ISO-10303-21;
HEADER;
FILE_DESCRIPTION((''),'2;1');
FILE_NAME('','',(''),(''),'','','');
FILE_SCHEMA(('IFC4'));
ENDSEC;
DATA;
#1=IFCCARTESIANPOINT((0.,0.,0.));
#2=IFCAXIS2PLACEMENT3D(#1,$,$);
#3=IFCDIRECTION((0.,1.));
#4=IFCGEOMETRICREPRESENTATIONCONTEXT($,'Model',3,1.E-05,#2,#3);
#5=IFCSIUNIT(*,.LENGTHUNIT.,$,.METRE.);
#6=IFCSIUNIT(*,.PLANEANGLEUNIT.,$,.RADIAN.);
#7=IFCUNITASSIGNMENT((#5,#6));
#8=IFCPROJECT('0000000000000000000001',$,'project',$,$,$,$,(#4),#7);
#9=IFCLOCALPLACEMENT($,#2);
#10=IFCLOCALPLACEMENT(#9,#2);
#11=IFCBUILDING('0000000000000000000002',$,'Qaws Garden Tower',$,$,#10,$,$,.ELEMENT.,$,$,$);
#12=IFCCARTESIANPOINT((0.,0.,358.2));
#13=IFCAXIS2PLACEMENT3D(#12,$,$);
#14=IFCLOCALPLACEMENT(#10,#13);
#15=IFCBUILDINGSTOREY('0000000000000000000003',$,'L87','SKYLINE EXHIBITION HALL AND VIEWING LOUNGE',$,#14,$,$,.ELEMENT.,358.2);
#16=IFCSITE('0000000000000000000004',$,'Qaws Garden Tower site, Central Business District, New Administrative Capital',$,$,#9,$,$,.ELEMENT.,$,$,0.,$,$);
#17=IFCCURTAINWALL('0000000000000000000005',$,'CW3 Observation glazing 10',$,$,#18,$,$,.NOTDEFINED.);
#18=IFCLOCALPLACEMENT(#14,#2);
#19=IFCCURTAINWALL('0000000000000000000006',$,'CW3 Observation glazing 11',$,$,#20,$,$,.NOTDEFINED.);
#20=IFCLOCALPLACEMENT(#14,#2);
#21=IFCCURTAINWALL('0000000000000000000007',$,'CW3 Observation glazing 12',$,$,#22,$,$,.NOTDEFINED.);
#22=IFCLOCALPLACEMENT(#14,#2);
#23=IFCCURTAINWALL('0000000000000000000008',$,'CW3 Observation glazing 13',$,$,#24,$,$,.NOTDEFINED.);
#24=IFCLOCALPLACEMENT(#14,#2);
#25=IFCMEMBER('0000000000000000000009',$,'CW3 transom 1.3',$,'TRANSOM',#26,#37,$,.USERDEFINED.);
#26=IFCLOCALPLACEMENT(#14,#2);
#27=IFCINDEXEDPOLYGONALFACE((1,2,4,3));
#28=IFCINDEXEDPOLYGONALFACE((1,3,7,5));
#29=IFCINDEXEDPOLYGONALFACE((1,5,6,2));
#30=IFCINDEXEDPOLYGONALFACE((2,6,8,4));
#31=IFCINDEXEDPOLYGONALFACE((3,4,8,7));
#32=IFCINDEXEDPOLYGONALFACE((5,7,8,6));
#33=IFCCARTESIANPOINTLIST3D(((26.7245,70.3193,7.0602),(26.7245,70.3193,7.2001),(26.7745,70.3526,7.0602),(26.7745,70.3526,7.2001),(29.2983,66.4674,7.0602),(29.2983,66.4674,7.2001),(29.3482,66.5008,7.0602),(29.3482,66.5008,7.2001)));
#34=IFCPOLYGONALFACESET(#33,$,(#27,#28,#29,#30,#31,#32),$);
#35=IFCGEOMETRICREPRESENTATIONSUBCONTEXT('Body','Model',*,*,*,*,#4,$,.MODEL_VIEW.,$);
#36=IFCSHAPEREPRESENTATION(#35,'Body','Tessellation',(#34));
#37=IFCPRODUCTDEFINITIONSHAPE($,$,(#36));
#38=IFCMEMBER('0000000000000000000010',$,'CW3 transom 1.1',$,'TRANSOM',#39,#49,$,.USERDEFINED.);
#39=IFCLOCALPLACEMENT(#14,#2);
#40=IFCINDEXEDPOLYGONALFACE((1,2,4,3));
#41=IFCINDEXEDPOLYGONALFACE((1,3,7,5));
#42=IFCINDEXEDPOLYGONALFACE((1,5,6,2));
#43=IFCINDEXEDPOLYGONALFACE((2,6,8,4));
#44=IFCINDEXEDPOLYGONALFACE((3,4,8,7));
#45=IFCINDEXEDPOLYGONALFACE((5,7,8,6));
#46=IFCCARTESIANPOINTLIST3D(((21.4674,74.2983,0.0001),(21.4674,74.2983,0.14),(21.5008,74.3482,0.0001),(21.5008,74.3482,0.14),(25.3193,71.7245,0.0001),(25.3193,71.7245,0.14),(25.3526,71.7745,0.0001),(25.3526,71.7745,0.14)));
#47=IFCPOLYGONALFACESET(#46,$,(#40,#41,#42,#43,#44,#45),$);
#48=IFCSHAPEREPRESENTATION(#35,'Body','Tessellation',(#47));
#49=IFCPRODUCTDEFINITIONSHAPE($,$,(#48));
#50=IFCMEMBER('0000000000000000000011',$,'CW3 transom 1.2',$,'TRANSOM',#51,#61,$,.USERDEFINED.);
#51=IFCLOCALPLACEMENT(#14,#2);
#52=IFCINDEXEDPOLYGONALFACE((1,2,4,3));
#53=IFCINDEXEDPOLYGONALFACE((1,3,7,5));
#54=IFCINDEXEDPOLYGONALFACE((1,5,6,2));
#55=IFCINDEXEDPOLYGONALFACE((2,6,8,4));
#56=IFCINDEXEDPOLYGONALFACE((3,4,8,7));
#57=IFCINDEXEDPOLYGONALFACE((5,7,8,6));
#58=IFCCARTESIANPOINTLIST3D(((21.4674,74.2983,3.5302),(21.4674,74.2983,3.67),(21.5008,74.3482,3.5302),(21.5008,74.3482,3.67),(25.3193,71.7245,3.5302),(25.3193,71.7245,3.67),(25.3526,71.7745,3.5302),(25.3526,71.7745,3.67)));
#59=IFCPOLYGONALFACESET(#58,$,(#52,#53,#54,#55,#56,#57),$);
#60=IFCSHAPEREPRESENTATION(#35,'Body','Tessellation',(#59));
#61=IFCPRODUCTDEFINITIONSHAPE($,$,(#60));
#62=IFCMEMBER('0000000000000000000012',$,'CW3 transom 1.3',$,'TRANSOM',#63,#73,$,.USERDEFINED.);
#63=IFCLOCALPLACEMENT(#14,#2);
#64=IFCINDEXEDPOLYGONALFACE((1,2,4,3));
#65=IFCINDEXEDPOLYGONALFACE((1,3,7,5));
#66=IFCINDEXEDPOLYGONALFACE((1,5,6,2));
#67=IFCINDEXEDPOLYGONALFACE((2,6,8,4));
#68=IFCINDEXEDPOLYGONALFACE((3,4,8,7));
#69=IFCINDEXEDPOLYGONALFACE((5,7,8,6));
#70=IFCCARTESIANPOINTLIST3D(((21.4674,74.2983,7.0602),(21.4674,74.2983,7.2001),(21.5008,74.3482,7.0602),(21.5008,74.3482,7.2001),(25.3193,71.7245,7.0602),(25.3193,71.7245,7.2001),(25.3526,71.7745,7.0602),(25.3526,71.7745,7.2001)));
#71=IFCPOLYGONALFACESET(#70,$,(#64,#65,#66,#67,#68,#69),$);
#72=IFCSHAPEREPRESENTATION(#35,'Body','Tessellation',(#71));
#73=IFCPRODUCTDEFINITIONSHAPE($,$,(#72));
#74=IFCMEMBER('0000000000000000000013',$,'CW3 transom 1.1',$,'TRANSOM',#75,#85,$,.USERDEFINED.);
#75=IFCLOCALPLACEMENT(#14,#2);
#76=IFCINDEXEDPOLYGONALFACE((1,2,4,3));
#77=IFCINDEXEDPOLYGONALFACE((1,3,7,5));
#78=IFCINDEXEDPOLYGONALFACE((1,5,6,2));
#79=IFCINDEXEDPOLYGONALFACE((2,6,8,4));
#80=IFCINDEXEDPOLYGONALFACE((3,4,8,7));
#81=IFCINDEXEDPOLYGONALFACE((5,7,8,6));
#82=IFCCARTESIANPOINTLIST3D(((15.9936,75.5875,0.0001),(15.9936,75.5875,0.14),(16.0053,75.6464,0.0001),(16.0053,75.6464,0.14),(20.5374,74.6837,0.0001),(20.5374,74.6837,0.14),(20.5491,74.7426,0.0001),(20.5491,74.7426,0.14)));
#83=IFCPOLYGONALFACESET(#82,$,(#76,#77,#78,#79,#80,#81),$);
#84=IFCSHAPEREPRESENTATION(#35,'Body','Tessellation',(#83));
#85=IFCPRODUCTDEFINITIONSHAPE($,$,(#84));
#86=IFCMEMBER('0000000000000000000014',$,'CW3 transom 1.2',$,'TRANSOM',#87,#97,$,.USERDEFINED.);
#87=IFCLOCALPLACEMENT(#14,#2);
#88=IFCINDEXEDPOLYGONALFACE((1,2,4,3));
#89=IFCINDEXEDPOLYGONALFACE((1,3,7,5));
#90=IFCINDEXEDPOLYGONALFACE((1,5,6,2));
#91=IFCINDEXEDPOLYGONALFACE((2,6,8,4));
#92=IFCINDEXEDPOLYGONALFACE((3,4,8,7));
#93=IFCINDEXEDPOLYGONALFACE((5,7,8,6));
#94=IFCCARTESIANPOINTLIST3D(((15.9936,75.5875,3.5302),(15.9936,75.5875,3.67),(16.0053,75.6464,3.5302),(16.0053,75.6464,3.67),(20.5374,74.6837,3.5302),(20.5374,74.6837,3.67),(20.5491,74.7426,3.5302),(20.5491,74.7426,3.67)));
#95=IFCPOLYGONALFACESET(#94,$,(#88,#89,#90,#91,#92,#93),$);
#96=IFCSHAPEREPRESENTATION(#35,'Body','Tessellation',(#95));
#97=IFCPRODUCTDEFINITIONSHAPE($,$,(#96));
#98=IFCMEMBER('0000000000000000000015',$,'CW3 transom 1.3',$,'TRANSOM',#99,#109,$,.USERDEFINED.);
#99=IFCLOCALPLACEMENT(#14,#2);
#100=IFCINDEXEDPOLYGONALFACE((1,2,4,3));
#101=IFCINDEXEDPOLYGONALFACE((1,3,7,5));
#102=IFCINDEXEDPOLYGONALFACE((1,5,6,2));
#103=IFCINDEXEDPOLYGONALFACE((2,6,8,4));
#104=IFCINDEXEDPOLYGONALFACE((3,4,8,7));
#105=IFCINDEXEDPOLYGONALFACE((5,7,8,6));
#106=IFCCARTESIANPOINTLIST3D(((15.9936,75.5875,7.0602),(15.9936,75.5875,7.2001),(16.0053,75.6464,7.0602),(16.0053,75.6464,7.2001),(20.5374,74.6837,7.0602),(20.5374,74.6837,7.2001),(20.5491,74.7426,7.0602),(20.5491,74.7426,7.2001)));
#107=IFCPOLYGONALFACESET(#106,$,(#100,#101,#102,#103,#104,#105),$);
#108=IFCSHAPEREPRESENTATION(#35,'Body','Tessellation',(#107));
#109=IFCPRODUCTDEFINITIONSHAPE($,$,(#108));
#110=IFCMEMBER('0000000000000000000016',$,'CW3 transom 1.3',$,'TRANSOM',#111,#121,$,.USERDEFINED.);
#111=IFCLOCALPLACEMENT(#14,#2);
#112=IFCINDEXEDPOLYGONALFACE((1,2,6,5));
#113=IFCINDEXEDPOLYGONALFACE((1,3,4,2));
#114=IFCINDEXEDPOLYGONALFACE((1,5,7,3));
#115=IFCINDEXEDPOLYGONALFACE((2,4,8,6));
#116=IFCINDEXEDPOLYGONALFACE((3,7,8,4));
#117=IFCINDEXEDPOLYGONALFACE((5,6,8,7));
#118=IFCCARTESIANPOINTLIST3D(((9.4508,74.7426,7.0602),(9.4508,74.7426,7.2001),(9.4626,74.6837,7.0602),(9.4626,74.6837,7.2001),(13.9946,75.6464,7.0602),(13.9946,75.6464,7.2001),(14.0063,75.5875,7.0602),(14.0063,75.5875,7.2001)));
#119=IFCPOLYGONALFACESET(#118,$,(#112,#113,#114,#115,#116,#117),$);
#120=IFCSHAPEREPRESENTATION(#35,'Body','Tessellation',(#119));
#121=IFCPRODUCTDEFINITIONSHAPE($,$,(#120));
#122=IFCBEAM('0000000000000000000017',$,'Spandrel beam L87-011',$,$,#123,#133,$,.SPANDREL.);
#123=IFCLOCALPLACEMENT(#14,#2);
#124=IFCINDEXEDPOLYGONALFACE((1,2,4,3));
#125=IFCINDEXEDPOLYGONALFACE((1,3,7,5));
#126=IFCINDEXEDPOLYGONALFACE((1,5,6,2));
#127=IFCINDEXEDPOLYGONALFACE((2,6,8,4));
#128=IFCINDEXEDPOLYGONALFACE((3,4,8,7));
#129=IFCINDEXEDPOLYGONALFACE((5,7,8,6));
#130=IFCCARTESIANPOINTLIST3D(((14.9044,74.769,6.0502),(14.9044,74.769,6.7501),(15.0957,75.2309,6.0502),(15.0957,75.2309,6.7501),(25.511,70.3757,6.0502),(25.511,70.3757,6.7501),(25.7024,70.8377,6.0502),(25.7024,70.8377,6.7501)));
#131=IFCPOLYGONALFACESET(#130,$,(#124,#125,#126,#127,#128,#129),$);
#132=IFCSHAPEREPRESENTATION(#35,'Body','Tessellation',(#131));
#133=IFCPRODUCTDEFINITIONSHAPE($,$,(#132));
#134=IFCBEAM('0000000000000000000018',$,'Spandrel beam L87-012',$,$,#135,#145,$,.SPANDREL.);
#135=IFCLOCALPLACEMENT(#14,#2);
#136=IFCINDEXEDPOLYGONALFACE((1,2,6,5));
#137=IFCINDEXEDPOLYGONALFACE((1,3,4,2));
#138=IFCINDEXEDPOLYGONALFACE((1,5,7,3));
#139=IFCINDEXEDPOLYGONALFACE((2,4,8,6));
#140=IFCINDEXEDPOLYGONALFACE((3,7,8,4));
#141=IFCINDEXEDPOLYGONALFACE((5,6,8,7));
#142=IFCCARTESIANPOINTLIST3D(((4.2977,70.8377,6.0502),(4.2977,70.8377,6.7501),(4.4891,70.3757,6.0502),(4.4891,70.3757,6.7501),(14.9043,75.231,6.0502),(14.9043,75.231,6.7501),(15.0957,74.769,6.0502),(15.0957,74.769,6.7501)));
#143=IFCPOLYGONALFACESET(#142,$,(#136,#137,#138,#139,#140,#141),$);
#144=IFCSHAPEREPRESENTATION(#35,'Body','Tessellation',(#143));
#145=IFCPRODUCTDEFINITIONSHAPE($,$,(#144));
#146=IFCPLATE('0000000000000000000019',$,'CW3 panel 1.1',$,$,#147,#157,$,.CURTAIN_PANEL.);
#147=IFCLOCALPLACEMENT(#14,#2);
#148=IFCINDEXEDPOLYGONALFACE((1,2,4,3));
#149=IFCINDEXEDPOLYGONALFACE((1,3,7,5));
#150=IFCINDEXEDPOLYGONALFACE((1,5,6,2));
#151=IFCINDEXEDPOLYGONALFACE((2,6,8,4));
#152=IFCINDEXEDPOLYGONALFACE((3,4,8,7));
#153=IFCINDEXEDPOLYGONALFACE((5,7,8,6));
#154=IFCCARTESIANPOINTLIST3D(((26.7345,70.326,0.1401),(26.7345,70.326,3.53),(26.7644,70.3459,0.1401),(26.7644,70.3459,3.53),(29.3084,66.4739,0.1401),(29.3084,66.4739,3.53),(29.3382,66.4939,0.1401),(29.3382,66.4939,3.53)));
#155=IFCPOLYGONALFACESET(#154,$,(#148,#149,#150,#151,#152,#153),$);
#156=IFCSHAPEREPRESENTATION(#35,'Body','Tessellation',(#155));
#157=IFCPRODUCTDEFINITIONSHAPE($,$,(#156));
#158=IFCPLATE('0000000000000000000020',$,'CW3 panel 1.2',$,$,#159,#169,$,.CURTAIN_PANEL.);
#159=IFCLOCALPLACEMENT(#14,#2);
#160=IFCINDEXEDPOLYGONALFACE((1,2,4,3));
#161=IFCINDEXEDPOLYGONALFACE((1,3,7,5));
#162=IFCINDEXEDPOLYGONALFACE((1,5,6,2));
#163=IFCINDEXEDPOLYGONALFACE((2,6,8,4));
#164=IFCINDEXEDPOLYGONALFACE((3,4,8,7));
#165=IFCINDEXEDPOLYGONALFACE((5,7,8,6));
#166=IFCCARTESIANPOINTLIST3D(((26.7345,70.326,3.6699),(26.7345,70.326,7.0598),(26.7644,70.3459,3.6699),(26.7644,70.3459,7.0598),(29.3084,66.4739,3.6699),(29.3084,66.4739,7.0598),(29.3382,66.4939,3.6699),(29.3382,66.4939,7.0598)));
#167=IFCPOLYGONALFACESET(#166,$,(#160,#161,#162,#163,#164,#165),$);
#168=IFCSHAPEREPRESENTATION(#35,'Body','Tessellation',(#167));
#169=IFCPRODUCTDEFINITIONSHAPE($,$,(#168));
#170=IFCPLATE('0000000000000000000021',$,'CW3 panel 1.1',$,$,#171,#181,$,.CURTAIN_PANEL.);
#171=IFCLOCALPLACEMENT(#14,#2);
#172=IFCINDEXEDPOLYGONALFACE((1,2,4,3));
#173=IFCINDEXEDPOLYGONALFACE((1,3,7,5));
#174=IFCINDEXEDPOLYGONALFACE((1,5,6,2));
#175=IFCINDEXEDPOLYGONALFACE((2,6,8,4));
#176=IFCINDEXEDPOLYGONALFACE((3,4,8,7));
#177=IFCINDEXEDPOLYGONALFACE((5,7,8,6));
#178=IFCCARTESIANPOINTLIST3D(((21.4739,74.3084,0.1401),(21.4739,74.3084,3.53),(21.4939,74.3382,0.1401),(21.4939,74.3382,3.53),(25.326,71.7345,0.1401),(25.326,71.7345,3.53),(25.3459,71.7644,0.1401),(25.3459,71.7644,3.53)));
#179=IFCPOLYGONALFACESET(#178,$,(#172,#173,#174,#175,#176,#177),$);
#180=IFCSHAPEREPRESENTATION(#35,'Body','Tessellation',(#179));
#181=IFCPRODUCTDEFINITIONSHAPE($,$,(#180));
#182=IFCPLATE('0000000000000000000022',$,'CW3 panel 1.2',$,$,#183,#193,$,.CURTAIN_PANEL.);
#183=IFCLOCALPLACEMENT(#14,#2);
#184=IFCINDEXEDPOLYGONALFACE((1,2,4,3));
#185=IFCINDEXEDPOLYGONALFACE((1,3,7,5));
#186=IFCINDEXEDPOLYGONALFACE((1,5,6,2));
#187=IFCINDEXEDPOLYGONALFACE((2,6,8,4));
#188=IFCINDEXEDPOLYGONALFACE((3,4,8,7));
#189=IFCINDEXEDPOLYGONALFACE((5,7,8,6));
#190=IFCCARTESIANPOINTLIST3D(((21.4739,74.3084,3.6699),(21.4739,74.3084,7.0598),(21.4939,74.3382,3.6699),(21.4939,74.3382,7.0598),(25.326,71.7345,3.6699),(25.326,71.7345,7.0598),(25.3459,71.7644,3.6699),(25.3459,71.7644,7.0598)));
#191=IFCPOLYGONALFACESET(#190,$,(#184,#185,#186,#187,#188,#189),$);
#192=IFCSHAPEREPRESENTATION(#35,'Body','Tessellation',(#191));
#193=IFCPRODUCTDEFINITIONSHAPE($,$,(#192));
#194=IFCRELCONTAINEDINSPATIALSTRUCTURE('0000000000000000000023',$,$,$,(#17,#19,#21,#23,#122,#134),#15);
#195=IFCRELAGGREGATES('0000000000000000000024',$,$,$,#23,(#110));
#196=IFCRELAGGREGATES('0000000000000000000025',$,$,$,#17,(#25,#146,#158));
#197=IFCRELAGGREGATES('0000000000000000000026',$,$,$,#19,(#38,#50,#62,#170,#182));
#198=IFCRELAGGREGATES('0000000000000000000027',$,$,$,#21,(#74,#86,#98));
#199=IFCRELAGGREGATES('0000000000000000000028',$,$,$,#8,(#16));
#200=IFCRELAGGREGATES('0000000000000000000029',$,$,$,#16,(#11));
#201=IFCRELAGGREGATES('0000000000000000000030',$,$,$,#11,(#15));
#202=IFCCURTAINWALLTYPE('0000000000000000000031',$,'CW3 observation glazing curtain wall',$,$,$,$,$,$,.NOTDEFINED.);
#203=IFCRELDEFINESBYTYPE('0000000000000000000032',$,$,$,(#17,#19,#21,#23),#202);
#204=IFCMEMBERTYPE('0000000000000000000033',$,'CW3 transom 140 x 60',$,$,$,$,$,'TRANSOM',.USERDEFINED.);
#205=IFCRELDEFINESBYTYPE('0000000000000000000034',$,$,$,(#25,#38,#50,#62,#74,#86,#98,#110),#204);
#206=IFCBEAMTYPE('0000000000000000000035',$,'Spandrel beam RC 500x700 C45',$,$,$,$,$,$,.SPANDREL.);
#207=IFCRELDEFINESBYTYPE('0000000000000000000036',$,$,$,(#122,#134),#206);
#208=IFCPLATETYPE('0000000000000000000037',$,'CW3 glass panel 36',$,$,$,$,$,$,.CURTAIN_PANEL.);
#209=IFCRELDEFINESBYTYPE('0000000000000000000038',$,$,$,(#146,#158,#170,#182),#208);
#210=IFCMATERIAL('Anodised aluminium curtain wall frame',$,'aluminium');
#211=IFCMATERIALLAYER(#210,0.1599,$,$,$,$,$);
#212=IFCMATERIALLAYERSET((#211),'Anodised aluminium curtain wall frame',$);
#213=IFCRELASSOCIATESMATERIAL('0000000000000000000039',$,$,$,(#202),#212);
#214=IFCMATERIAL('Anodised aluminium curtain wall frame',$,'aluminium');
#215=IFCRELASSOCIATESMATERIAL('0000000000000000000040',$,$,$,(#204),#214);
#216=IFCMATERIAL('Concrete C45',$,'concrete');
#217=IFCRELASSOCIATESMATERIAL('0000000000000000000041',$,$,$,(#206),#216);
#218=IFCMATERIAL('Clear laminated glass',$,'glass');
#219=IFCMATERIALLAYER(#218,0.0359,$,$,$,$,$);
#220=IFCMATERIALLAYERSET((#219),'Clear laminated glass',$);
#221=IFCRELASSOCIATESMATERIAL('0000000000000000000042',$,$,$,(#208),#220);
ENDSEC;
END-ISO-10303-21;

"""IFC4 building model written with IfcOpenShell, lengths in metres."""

from ifc_helpers import new_model, si_unit, direction, frame, origin, origin_2d, place, context, subcontext, project, spatial, rectangle, extrude, material, layer, layer_set, material_profile, profile_set, type_object, element, aggregate, save


model = new_model("IFC4")

# Units and contexts
model_context = context("Model", 3, precision=1e-05, world=origin(), true_north=direction((0.0, 1.0)))
body_context = subcontext(model_context, "Body", "Model", "MODEL_VIEW")
ifc_project = project(units=[si_unit("LENGTHUNIT", "METRE"), si_unit("PLANEANGLEUNIT", "RADIAN")], contexts=[model_context])

# Site, building, storey
site_placement = place(None, origin())
site = spatial("IfcSite", under=ifc_project, at=site_placement, Name="Qaws Garden Tower site, Central Business District, New Administrative Capital", CompositionType="ELEMENT", RefElevation=0.0)
building_placement = place(site_placement, origin())
building = spatial("IfcBuilding", under=site, at=building_placement, Name="Qaws Garden Tower", CompositionType="ELEMENT")
storey_placement = place(building_placement, frame((0.0, 0.0, 358.2)))
storey = spatial("IfcBuildingStorey", under=building, at=storey_placement, Name="L87", Description="SKYLINE EXHIBITION HALL AND VIEWING LOUNGE", CompositionType="ELEMENT", Elevation=358.2)

# Curtain wall
ifc_material_1 = material(Name="Anodised aluminium curtain wall frame", Category="aluminium")
ifc_layer_1 = layer(ifc_material_1, 0.1599)
ifc_layer_set_1 = layer_set([ifc_layer_1], Name="Anodised aluminium curtain wall frame")
curtain_wall_type = type_object("IfcCurtainWallType", Name="CW3 observation glazing curtain wall", PredefinedType="NOTDEFINED", material=ifc_layer_set_1)
placement = place(storey_placement, origin())
curtain_wall_1 = element("IfcCurtainWall", 1, at=placement, inside=storey, type_object=curtain_wall_type, Name="CW3 Observation glazing 10", PredefinedType="NOTDEFINED")

# Curtain walls
curtain_wall_2 = element("IfcCurtainWall", 2, at=placement, inside=storey, type_object=curtain_wall_type, Name="CW3 Observation glazing 11", PredefinedType="NOTDEFINED")
curtain_wall_3 = element("IfcCurtainWall", 3, at=placement, inside=storey, type_object=curtain_wall_type, Name="CW3 Observation glazing 12", PredefinedType="NOTDEFINED")

# Curtain wall
curtain_wall_4 = element("IfcCurtainWall", 4, at=placement, inside=storey, type_object=curtain_wall_type, Name="CW3 Observation glazing 13", PredefinedType="NOTDEFINED")

# Members
ifc_material_2 = material(Name="Anodised aluminium curtain wall frame", Category="aluminium")
ifc_material_profile_1 = material_profile(ifc_material_2, rectangle(XDim=0.0601, YDim=0.1399, at=origin_2d()), Name="AL 60x140")
ifc_profile_set_1 = profile_set([ifc_material_profile_1], Name="Anodised aluminium curtain wall frame")
member_type_1 = type_object("IfcMemberType", Name="CW3 transom 140 x 60", ElementType="TRANSOM", PredefinedType="USERDEFINED", material=ifc_profile_set_1)
member_1_placement = place(storey_placement, frame((29.3232, 66.4841, 7.1301), z_axis=(-0.555576, 0.831466, 0.0), x_axis=(-0.831466, -0.555576, 0.0)))
member_1 = element("IfcMember", 5, at=member_1_placement, type_object=member_type_1, Name="CW3 transom 1.3", ObjectType="TRANSOM", PredefinedType="USERDEFINED", context=body_context, shape_type="SweptSolid", body=[
    extrude(rectangle(XDim=0.0601, YDim=0.1399, at=origin_2d()), origin(), (0.0, 0.0, 1.0), 4.6326),
])
member_2_placement = place(storey_placement, frame((25.3359, 71.7495, 0.0701), z_axis=(-0.831466, 0.555576, 0.0), x_axis=(-0.555576, -0.831466, 0.0)))
member_2 = element("IfcMember", 6, at=member_2_placement, type_object=member_type_1, Name="CW3 transom 1.1", ObjectType="TRANSOM", PredefinedType="USERDEFINED", context=body_context, shape_type="SweptSolid", body=[
    extrude(rectangle(XDim=0.0601, YDim=0.1399, at=origin_2d()), origin(), (0.0, 0.0, 1.0), 4.6326),
])
member_3_placement = place(storey_placement, frame((25.3359, 71.7495, 3.6001), z_axis=(-0.831466, 0.555576, 0.0), x_axis=(-0.555576, -0.831466, 0.0)))
member_3 = element("IfcMember", 7, at=member_3_placement, type_object=member_type_1, Name="CW3 transom 1.2", ObjectType="TRANSOM", PredefinedType="USERDEFINED", context=body_context, shape_type="SweptSolid", body=[
    extrude(rectangle(XDim=0.0601, YDim=0.1399, at=origin_2d()), origin(), (0.0, 0.0, 1.0), 4.6326),
])
member_4_placement = place(storey_placement, frame((25.3359, 71.7495, 7.1301), z_axis=(-0.831466, 0.555576, 0.0), x_axis=(-0.555576, -0.831466, 0.0)))
member_4 = element("IfcMember", 8, at=member_4_placement, type_object=member_type_1, Name="CW3 transom 1.3", ObjectType="TRANSOM", PredefinedType="USERDEFINED", context=body_context, shape_type="SweptSolid", body=[
    extrude(rectangle(XDim=0.0601, YDim=0.1399, at=origin_2d()), origin(), (0.0, 0.0, 1.0), 4.6326),
])
member_5_placement = place(storey_placement, frame((20.5432, 74.7131, 0.0701), z_axis=(-0.980785, 0.195092, 0.0), x_axis=(-0.195092, -0.980785, 0.0)))
member_5 = element("IfcMember", 9, at=member_5_placement, type_object=member_type_1, Name="CW3 transom 1.1", ObjectType="TRANSOM", PredefinedType="USERDEFINED", context=body_context, shape_type="SweptSolid", body=[
    extrude(rectangle(XDim=0.0601, YDim=0.1399, at=origin_2d()), origin(), (0.0, 0.0, 1.0), 4.6328),
])
member_6_placement = place(storey_placement, frame((20.5432, 74.7131, 3.6001), z_axis=(-0.980785, 0.195092, 0.0), x_axis=(-0.195092, -0.980785, 0.0)))
member_6 = element("IfcMember", 10, at=member_6_placement, type_object=member_type_1, Name="CW3 transom 1.2", ObjectType="TRANSOM", PredefinedType="USERDEFINED", context=body_context, shape_type="SweptSolid", body=[
    extrude(rectangle(XDim=0.0601, YDim=0.1399, at=origin_2d()), origin(), (0.0, 0.0, 1.0), 4.6328),
])
member_7_placement = place(storey_placement, frame((20.5432, 74.7131, 7.1301), z_axis=(-0.980785, 0.195092, 0.0), x_axis=(-0.195092, -0.980785, 0.0)))
member_7 = element("IfcMember", 11, at=member_7_placement, type_object=member_type_1, Name="CW3 transom 1.3", ObjectType="TRANSOM", PredefinedType="USERDEFINED", context=body_context, shape_type="SweptSolid", body=[
    extrude(rectangle(XDim=0.0601, YDim=0.1399, at=origin_2d()), origin(), (0.0, 0.0, 1.0), 4.6328),
])
member_8_placement = place(storey_placement, frame((14.0005, 75.6169, 7.1301), z_axis=(-0.980785, -0.195092, 0.0), x_axis=(0.195092, -0.980785, 0.0)))
member_8 = element("IfcMember", 12, at=member_8_placement, type_object=member_type_1, Name="CW3 transom 1.3", ObjectType="TRANSOM", PredefinedType="USERDEFINED", context=body_context, shape_type="SweptSolid", body=[
    extrude(rectangle(XDim=0.0601, YDim=0.1399, at=origin_2d()), origin(), (0.0, 0.0, 1.0), 4.6328),
])
aggregate(curtain_wall_4, [member_8])

# Beams
ifc_material_3 = material(Name="Concrete C45", Category="concrete")
ifc_material_profile_2 = material_profile(ifc_material_3, rectangle(XDim=0.5, YDim=0.7, at=origin_2d()), Name="RC 500x700")
ifc_profile_set_2 = profile_set([ifc_material_profile_2], Name="Concrete C45")
beam_type = type_object("IfcBeamType", Name="Spandrel beam RC 500x700 C45", PredefinedType="SPANDREL", material=ifc_profile_set_2)
for number, where, z_axis, x_axis, name in (
    (13, (25.6067, 70.6067, 6.4001), (-0.923883, 0.382674, 0.0), (-0.382674, -0.923883, 0.0), "Spandrel beam L87-011"),
    (14, (15.0, 75.0, 6.4001), (-0.923883, -0.382674, 0.0), (0.382674, -0.923883, 0.0), "Spandrel beam L87-012"),
):
    element("IfcBeam", number, at=place(storey_placement, frame(where, z_axis=z_axis, x_axis=x_axis)), inside=storey, type_object=beam_type, Name=name, PredefinedType="SPANDREL", context=body_context, shape_type="SweptSolid", body=[
        extrude(rectangle(XDim=0.5, YDim=0.7, at=origin_2d()), origin(), (0.0, 0.0, 1.0), 11.4805),
    ])

# Plates
ifc_material_4 = material(Name="Clear laminated glass", Category="glass")
ifc_layer_2 = layer(ifc_material_4, 0.0359)
ifc_layer_set_2 = layer_set([ifc_layer_2], Name="Clear laminated glass")
plate_type = type_object("IfcPlateType", Name="CW3 glass panel 36", PredefinedType="CURTAIN_PANEL", material=ifc_layer_set_2)
plate_1_placement = place(storey_placement, frame((28.0364, 68.4099, 0.1401), z_axis=(0.0, 0.0, 1.0), x_axis=(-0.55557, 0.83147, 0.0)))
plate_1 = element("IfcPlate", 15, at=plate_1_placement, type_object=plate_type, Name="CW3 panel 1.1", PredefinedType="CURTAIN_PANEL", context=body_context, shape_type="SweptSolid", body=[
    extrude(rectangle(XDim=4.6328, YDim=0.0359, at=origin_2d()), origin(), (0.0, 0.0, 1.0), 3.3899),
])
plate_2_placement = place(storey_placement, frame((28.0364, 68.4099, 3.6699), z_axis=(0.0, 0.0, 1.0), x_axis=(-0.55557, 0.83147, 0.0)))
plate_2 = element("IfcPlate", 16, at=plate_2_placement, type_object=plate_type, Name="CW3 panel 1.2", PredefinedType="CURTAIN_PANEL", context=body_context, shape_type="SweptSolid", body=[
    extrude(rectangle(XDim=4.6328, YDim=0.0359, at=origin_2d()), origin(), (0.0, 0.0, 1.0), 3.3899),
])
aggregate(curtain_wall_1, [member_1, plate_1, plate_2])
plate_3_placement = place(storey_placement, frame((23.4099, 73.0364, 0.1401), z_axis=(0.0, 0.0, 1.0), x_axis=(-0.83147, 0.55557, 0.0)))
plate_3 = element("IfcPlate", 17, at=plate_3_placement, type_object=plate_type, Name="CW3 panel 1.1", PredefinedType="CURTAIN_PANEL", context=body_context, shape_type="SweptSolid", body=[
    extrude(rectangle(XDim=4.6328, YDim=0.0359, at=origin_2d()), origin(), (0.0, 0.0, 1.0), 3.3899),
])
plate_4_placement = place(storey_placement, frame((23.4099, 73.0364, 3.6699), z_axis=(0.0, 0.0, 1.0), x_axis=(-0.83147, 0.55557, 0.0)))
plate_4 = element("IfcPlate", 18, at=plate_4_placement, type_object=plate_type, Name="CW3 panel 1.2", PredefinedType="CURTAIN_PANEL", context=body_context, shape_type="SweptSolid", body=[
    extrude(rectangle(XDim=4.6328, YDim=0.0359, at=origin_2d()), origin(), (0.0, 0.0, 1.0), 3.3899),
])
aggregate(curtain_wall_2, [member_2, member_3, member_4, plate_3, plate_4])
aggregate(curtain_wall_3, [member_5, member_6, member_7])

save(model, "model.ifc")
